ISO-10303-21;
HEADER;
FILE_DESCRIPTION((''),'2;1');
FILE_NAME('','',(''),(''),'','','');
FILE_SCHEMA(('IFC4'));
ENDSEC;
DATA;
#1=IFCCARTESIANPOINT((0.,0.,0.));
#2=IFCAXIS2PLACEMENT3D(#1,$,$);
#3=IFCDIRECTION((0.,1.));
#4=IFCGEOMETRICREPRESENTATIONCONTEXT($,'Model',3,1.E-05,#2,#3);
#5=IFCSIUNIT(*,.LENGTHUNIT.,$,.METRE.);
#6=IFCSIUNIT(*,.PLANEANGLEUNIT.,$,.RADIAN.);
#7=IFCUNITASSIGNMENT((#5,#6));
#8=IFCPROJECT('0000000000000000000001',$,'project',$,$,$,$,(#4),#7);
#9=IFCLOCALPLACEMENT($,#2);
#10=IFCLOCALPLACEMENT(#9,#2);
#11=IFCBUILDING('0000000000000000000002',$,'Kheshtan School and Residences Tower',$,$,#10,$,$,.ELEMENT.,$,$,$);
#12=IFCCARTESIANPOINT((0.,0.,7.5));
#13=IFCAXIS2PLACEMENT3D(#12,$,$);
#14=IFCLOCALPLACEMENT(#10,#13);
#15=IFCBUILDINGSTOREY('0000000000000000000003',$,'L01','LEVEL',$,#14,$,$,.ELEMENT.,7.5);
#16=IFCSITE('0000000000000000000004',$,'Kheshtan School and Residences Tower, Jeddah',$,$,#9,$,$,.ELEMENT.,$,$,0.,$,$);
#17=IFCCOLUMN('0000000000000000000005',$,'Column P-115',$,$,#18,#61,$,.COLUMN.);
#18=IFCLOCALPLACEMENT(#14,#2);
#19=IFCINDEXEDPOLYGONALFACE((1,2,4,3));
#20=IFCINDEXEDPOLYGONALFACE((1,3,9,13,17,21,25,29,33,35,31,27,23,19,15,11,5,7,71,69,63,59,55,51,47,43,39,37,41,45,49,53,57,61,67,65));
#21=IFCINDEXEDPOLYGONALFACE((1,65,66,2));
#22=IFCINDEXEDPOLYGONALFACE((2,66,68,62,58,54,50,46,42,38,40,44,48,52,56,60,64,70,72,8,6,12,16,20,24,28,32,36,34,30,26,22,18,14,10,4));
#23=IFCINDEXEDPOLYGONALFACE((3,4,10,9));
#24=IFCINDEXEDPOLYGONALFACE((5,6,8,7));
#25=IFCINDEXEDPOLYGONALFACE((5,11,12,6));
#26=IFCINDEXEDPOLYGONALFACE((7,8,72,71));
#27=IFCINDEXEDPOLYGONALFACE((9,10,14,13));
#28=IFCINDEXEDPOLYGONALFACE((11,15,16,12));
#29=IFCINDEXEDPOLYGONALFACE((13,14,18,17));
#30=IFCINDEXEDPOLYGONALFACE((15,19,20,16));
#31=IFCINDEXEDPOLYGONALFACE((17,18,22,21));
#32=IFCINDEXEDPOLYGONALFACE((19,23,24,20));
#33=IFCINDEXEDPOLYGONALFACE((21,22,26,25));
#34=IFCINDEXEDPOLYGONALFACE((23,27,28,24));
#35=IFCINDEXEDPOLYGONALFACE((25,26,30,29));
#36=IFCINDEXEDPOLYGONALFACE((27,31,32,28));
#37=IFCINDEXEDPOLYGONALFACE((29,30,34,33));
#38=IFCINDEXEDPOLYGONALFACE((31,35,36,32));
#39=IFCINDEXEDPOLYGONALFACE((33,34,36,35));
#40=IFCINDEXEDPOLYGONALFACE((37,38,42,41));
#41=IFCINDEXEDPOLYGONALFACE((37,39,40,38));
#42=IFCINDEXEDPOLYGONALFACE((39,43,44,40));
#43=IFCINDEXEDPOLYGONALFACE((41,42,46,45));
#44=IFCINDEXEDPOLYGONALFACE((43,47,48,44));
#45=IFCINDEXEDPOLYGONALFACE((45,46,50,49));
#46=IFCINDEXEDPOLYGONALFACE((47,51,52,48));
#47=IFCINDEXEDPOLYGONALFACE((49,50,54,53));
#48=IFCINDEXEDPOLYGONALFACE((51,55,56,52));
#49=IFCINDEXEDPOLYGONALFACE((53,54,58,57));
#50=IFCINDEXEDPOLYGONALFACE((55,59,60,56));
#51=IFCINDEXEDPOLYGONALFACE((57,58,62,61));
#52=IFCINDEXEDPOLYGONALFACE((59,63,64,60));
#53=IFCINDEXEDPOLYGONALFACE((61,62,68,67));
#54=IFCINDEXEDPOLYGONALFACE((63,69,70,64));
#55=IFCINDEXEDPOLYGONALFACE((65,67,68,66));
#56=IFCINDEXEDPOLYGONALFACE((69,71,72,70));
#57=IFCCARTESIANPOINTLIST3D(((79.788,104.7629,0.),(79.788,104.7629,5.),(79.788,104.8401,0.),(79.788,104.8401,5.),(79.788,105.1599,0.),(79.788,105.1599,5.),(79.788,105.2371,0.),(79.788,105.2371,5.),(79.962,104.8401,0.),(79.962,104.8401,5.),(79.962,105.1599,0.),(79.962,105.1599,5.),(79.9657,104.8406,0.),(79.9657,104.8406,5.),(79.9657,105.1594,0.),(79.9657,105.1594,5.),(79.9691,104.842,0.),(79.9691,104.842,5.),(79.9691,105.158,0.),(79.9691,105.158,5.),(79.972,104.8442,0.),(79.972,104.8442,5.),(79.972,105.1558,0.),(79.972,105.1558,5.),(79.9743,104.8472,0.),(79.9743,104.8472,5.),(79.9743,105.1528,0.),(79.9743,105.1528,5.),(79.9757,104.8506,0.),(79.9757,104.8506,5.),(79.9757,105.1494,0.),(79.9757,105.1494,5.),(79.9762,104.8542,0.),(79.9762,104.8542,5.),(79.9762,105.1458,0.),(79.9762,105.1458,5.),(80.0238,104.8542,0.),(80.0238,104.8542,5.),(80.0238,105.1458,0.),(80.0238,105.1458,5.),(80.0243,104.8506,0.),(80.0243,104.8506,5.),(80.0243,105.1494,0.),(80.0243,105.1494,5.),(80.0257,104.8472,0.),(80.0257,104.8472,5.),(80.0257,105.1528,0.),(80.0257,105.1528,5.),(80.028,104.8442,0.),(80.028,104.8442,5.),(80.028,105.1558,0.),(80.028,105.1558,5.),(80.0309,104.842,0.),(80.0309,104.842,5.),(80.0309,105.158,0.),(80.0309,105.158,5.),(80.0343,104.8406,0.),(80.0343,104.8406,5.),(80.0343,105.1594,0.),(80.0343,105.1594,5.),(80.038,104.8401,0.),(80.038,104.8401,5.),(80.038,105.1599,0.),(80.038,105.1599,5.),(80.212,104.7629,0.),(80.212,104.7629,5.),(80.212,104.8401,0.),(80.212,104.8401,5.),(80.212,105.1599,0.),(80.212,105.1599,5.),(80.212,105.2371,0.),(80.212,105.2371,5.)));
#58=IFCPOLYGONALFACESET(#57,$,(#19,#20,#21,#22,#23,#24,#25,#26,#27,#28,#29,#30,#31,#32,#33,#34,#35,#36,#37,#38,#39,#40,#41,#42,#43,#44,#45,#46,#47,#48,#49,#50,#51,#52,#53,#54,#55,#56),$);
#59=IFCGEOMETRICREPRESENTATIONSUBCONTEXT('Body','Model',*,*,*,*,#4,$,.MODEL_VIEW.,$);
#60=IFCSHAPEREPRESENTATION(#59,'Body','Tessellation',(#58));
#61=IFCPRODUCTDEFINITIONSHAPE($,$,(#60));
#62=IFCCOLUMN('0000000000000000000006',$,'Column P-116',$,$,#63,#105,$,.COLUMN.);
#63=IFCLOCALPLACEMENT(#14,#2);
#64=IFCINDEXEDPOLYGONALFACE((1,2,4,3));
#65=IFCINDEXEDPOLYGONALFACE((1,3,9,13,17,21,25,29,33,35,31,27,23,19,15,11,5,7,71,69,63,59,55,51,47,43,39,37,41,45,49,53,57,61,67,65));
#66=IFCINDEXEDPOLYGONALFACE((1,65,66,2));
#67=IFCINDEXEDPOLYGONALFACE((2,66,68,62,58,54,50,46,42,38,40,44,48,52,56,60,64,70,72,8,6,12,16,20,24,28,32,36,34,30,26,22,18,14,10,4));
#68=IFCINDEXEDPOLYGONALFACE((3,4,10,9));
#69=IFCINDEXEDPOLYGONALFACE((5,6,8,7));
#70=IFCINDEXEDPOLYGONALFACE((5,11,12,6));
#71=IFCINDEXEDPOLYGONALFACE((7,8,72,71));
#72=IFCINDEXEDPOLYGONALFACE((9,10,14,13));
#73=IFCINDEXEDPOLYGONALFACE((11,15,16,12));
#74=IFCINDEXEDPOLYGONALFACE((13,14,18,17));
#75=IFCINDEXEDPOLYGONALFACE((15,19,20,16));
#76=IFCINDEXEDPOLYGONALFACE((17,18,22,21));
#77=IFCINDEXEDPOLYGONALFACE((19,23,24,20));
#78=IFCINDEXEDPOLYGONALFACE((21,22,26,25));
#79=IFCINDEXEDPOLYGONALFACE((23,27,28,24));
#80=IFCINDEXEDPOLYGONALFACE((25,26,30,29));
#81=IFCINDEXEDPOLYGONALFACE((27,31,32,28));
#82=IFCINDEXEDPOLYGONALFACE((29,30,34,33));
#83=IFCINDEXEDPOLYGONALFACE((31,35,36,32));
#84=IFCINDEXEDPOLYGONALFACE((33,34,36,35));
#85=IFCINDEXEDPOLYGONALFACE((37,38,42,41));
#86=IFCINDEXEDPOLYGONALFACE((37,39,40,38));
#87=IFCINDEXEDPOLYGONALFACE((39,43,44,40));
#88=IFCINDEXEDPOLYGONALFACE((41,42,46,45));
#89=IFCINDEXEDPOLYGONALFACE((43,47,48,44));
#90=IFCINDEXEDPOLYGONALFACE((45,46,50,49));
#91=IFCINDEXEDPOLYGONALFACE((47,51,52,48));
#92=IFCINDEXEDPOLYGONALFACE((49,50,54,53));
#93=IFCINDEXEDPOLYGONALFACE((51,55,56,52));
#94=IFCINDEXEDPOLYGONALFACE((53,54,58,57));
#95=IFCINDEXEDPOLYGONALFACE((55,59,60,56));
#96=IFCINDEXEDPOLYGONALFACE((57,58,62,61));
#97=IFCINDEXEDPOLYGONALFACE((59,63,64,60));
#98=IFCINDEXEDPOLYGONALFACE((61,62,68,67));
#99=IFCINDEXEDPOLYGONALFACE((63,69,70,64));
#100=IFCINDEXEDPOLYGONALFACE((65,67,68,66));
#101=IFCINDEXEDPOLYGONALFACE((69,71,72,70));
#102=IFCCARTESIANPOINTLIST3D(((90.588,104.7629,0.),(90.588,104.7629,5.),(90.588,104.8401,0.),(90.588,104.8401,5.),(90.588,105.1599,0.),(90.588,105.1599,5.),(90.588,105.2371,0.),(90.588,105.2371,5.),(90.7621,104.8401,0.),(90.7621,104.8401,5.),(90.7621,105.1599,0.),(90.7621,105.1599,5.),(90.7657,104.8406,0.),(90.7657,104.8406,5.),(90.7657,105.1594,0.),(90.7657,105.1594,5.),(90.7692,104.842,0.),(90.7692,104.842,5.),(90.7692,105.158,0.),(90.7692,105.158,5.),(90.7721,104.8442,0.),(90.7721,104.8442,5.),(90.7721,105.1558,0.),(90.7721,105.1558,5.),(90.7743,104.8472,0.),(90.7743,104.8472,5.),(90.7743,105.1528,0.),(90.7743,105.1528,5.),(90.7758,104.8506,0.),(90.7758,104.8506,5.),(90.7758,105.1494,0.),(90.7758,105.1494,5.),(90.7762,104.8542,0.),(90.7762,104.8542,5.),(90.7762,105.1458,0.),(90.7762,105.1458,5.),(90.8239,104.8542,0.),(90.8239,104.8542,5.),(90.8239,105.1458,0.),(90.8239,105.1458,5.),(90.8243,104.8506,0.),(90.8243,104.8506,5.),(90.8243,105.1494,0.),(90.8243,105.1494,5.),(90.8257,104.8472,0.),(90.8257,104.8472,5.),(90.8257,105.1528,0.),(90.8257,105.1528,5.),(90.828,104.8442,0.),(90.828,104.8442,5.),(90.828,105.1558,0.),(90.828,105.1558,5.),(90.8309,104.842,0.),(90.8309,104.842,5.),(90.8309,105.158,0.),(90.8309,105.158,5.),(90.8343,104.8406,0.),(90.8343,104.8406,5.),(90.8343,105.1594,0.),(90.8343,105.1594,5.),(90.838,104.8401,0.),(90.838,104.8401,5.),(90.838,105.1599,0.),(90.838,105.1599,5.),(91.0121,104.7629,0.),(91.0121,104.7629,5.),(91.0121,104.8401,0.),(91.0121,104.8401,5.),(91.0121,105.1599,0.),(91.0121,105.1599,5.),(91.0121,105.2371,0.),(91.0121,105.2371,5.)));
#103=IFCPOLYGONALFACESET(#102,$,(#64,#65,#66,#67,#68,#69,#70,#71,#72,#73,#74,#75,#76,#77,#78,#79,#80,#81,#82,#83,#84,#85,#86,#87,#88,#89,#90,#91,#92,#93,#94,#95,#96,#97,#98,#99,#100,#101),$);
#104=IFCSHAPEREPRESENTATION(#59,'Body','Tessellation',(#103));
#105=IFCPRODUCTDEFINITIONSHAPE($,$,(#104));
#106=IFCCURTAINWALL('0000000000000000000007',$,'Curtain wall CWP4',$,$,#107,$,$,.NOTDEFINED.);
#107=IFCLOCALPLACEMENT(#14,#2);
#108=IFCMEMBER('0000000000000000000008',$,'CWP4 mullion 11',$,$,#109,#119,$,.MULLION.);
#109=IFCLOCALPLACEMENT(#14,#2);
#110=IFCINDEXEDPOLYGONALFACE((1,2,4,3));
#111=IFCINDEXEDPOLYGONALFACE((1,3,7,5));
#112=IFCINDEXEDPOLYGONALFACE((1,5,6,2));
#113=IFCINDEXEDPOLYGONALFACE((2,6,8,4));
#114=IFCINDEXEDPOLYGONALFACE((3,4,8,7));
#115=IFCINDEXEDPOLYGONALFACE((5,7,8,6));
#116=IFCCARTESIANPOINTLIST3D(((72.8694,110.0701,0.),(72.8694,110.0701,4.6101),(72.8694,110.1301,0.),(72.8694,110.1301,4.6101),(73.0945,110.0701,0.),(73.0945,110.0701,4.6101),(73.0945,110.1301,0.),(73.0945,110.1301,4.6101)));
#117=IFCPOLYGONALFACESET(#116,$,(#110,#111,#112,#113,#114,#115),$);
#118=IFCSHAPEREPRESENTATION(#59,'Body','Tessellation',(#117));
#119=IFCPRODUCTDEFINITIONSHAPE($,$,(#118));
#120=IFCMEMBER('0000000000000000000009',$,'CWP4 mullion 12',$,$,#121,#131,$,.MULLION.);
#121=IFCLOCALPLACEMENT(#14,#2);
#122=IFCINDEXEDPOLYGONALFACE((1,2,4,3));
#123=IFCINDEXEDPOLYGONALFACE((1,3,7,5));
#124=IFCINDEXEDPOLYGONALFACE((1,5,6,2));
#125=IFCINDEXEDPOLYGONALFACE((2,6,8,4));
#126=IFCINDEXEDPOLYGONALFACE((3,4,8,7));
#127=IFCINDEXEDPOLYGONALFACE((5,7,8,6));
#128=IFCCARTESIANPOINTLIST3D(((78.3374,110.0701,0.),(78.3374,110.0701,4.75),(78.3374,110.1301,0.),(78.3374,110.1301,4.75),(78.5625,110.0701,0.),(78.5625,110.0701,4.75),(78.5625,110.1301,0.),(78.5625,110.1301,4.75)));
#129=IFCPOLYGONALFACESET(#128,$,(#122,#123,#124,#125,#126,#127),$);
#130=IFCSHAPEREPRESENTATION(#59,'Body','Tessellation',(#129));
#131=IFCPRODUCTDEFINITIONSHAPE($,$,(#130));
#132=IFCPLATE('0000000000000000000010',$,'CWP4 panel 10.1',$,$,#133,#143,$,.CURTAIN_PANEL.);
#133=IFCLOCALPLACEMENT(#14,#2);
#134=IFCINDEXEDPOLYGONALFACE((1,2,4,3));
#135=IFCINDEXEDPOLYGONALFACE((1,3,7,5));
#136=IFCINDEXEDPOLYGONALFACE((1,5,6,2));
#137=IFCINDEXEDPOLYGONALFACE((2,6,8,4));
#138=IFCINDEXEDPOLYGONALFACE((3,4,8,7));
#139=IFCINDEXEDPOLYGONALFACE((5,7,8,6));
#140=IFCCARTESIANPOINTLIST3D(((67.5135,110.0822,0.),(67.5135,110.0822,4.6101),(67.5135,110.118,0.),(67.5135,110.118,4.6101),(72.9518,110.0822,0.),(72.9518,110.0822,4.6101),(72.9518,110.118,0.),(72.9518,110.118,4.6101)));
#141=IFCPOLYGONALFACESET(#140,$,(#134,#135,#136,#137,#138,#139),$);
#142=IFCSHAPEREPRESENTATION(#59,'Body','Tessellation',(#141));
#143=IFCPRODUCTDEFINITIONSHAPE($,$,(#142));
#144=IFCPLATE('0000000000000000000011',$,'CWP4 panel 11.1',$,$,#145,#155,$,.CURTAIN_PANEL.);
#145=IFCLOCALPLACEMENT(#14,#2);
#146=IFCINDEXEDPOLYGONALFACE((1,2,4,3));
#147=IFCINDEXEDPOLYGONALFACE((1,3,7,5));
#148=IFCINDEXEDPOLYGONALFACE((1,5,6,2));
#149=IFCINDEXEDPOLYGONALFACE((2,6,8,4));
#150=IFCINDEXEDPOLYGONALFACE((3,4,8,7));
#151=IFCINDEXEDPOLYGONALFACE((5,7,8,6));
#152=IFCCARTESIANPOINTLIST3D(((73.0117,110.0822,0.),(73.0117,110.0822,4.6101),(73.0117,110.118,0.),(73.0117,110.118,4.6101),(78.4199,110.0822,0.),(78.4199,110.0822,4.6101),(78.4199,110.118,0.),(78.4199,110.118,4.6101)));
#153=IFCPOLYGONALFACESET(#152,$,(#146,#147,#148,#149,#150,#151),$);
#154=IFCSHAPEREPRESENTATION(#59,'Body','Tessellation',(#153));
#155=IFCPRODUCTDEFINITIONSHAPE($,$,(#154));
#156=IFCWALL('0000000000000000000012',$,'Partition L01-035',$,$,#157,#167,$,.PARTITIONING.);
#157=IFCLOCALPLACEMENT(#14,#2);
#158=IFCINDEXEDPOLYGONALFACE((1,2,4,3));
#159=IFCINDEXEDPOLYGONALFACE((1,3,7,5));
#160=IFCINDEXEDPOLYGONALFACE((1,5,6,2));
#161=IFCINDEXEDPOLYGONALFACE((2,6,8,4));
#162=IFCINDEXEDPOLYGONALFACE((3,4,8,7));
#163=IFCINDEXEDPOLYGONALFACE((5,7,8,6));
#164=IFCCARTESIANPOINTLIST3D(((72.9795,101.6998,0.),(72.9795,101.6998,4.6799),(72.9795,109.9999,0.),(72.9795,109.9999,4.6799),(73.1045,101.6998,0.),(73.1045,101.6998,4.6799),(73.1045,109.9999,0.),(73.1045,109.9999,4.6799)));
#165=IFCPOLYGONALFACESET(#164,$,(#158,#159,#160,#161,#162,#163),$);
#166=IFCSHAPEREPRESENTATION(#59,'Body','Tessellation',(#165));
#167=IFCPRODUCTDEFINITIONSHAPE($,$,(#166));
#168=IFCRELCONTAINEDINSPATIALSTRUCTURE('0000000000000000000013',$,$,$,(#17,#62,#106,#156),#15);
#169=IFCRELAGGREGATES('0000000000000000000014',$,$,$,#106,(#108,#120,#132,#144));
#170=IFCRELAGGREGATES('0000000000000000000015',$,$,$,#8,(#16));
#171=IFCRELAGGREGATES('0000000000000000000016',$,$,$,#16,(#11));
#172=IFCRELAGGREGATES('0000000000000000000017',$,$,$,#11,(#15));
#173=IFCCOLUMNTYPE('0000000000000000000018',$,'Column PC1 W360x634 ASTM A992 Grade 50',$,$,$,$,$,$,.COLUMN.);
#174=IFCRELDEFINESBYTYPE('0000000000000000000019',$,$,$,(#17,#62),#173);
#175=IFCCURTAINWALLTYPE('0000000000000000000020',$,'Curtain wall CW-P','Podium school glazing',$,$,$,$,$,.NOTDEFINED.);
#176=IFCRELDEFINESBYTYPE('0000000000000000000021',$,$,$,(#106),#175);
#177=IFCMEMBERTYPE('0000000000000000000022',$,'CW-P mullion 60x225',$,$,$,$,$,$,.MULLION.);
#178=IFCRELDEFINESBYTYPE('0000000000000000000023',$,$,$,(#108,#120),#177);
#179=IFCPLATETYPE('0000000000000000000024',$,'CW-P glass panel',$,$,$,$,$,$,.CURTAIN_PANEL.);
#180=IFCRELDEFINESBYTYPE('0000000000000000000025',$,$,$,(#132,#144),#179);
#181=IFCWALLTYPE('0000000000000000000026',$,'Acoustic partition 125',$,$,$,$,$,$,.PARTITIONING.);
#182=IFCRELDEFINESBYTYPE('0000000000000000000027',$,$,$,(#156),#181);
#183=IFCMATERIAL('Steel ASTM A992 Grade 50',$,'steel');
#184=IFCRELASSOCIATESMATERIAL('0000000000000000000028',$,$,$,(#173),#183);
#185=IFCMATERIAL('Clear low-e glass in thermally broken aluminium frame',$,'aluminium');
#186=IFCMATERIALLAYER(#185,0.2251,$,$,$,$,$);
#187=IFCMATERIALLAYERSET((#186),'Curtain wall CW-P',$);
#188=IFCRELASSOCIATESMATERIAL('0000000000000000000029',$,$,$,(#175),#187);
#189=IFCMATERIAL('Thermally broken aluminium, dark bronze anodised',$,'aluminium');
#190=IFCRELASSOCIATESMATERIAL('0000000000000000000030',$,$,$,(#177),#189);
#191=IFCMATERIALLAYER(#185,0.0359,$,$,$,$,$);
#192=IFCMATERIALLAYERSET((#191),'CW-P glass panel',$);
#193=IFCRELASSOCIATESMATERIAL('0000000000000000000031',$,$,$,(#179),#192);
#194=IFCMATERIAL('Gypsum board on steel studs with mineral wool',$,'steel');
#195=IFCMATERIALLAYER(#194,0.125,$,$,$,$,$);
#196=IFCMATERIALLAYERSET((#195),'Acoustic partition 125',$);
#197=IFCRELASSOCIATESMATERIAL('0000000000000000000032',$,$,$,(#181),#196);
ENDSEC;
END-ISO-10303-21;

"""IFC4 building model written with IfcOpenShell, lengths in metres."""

from ifc_helpers import new_model, si_unit, direction, frame, frame_2d, origin, origin_2d, place, context, subcontext, project, spatial, rectangle, i_section, extrude, material, layer, layer_set, material_profile, profile_set, type_object, element, aggregate, save


model = new_model("IFC4")

# Units and contexts
model_context = context("Model", 3, precision=1e-05, world=origin(), true_north=direction((0.0, 1.0)))
body_context = subcontext(model_context, "Body", "Model", "MODEL_VIEW")
ifc_project = project(units=[si_unit("LENGTHUNIT", "METRE"), si_unit("PLANEANGLEUNIT", "RADIAN")], contexts=[model_context])

# Site, building, storey
site_placement = place(None, origin())
site = spatial("IfcSite", under=ifc_project, at=site_placement, Name="Kheshtan School and Residences Tower, Jeddah", CompositionType="ELEMENT", RefElevation=0.0)
building_placement = place(site_placement, origin())
building = spatial("IfcBuilding", under=site, at=building_placement, Name="Kheshtan School and Residences Tower", CompositionType="ELEMENT")
storey_placement = place(building_placement, frame((0.0, 0.0, 7.5)))
storey = spatial("IfcBuildingStorey", under=building, at=storey_placement, Name="L01", Description="LEVEL", CompositionType="ELEMENT", Elevation=7.5)

# Columns
ifc_material_1 = material(Name="Steel ASTM A992 Grade 50", Category="steel")
ifc_material_profile_1 = material_profile(ifc_material_1, i_section(OverallWidth=0.4241, OverallDepth=0.4741, WebThickness=0.0476, FlangeThickness=0.0771, FilletRadius=0.0142, at=origin_2d()), Name="W360x634")
ifc_profile_set_1 = profile_set([ifc_material_profile_1], Name="Steel ASTM A992 Grade 50")
column_type = type_object("IfcColumnType", Name="Column PC1 W360x634 ASTM A992 Grade 50", PredefinedType="COLUMN", material=ifc_profile_set_1)
for number, where, z_axis, x_axis, name in (
    (1, (80.0, 105.0, 0.0), (0.0, 0.0, 1.0), (1.0, 0.0, 0.0), "Column P-115"),
    (2, (90.8, 105.0, 0.0), (0.0, 0.0, 1.0), (1.0, 0.0, 0.0), "Column P-116"),
):
    element("IfcColumn", number, at=place(storey_placement, frame(where, z_axis=z_axis, x_axis=x_axis)), inside=storey, type_object=column_type, Name=name, PredefinedType="COLUMN", context=body_context, shape_type="SweptSolid", body=[
        extrude(i_section(OverallWidth=0.4241, OverallDepth=0.4741, WebThickness=0.0476, FlangeThickness=0.0771, FilletRadius=0.0142, at=origin_2d()), origin(), (0.0, 0.0, 1.0), 5.0),
    ])

# Curtain wall, members, plates
ifc_material_2 = material(Name="Clear low-e glass in thermally broken aluminium frame", Category="aluminium")
ifc_layer_1 = layer(ifc_material_2, 0.2251)
ifc_layer_set_1 = layer_set([ifc_layer_1], Name="Curtain wall CW-P")
curtain_wall_type = type_object("IfcCurtainWallType", Name="Curtain wall CW-P", Description="Podium school glazing", PredefinedType="NOTDEFINED", material=ifc_layer_set_1)
curtain_wall_placement = place(storey_placement, origin())
curtain_wall = element("IfcCurtainWall", 3, at=curtain_wall_placement, inside=storey, type_object=curtain_wall_type, Name="Curtain wall CWP4", PredefinedType="NOTDEFINED")
ifc_material_3 = material(Name="Thermally broken aluminium, dark bronze anodised", Category="aluminium")
ifc_material_profile_2 = material_profile(ifc_material_3, rectangle(XDim=0.0601, YDim=0.2251, at=origin_2d()), Name="CW-P mullion 60x225")
ifc_profile_set_2 = profile_set([ifc_material_profile_2], Name="Thermally broken aluminium, dark bronze anodised")
member_type = type_object("IfcMemberType", Name="CW-P mullion 60x225", PredefinedType="MULLION", material=ifc_profile_set_2)
member_1_placement = place(storey_placement, frame((72.9819, 110.1001, 0.0), z_axis=(0.0, 0.0, 1.0), x_axis=(0.0, 1.0, 0.0)))
member_1 = element("IfcMember", 4, at=member_1_placement, type_object=member_type, Name="CWP4 mullion 11", PredefinedType="MULLION", context=body_context, shape_type="SweptSolid", body=[
    extrude(rectangle(XDim=0.0601, YDim=0.2251, at=origin_2d()), origin(), (0.0, 0.0, 1.0), 4.6101),
])
member_2_placement = place(storey_placement, frame((78.45, 110.1001, 0.0), z_axis=(0.0, 0.0, 1.0), x_axis=(0.0, 1.0, 0.0)))
member_2 = element("IfcMember", 5, at=member_2_placement, type_object=member_type, Name="CWP4 mullion 12", PredefinedType="MULLION", context=body_context, shape_type="SweptSolid", body=[
    extrude(rectangle(XDim=0.0601, YDim=0.2251, at=origin_2d()), origin(), (0.0, 0.0, 1.0), 4.75),
])
ifc_layer_2 = layer(ifc_material_2, 0.0359)
ifc_layer_set_2 = layer_set([ifc_layer_2], Name="CW-P glass panel")
plate_type = type_object("IfcPlateType", Name="CW-P glass panel", PredefinedType="CURTAIN_PANEL", material=ifc_layer_set_2)
plate_1_placement = place(storey_placement, frame((70.2327, 110.1001, 0.0), z_axis=(0.0, 0.0, 1.0), x_axis=(1.0, 0.0, 0.0)))
plate_1 = element("IfcPlate", 6, at=plate_1_placement, type_object=plate_type, Name="CWP4 panel 10.1", PredefinedType="CURTAIN_PANEL", context=body_context, shape_type="SweptSolid", body=[
    extrude(rectangle(XDim=5.4382, YDim=0.0359, at=origin_2d()), origin(), (0.0, 0.0, 1.0), 4.6101),
])
plate_2_placement = place(storey_placement, frame((75.7158, 110.1001, 0.0), z_axis=(0.0, 0.0, 1.0), x_axis=(1.0, 0.0, 0.0)))
plate_2 = element("IfcPlate", 7, at=plate_2_placement, type_object=plate_type, Name="CWP4 panel 11.1", PredefinedType="CURTAIN_PANEL", context=body_context, shape_type="SweptSolid", body=[
    extrude(rectangle(XDim=5.4082, YDim=0.0359, at=origin_2d()), origin(), (0.0, 0.0, 1.0), 4.6101),
])
aggregate(curtain_wall, [member_1, member_2, plate_1, plate_2])

# Wall
ifc_material_4 = material(Name="Gypsum board on steel studs with mineral wool", Category="steel")
ifc_layer_3 = layer(ifc_material_4, 0.125)
ifc_layer_set_3 = layer_set([ifc_layer_3], Name="Acoustic partition 125")
wall_type_1 = type_object("IfcWallType", Name="Acoustic partition 125", PredefinedType="PARTITIONING", material=ifc_layer_set_3)
wall_1_placement = place(storey_placement, frame((73.042, 101.7, 0.0), z_axis=(0.0, 0.0, 1.0), x_axis=(0.0, 1.0, 0.0)))
element("IfcWall", 8, at=wall_1_placement, inside=storey, type_object=wall_type_1, Name="Partition L01-035", PredefinedType="PARTITIONING", context=body_context, shape_type="SweptSolid", body=[
    extrude(rectangle(XDim=8.3, YDim=0.125, at=frame_2d((4.1499, 0.0))), origin(), (0.0, 0.0, 1.0), 4.6799),
])

save(model, "model.ifc")
